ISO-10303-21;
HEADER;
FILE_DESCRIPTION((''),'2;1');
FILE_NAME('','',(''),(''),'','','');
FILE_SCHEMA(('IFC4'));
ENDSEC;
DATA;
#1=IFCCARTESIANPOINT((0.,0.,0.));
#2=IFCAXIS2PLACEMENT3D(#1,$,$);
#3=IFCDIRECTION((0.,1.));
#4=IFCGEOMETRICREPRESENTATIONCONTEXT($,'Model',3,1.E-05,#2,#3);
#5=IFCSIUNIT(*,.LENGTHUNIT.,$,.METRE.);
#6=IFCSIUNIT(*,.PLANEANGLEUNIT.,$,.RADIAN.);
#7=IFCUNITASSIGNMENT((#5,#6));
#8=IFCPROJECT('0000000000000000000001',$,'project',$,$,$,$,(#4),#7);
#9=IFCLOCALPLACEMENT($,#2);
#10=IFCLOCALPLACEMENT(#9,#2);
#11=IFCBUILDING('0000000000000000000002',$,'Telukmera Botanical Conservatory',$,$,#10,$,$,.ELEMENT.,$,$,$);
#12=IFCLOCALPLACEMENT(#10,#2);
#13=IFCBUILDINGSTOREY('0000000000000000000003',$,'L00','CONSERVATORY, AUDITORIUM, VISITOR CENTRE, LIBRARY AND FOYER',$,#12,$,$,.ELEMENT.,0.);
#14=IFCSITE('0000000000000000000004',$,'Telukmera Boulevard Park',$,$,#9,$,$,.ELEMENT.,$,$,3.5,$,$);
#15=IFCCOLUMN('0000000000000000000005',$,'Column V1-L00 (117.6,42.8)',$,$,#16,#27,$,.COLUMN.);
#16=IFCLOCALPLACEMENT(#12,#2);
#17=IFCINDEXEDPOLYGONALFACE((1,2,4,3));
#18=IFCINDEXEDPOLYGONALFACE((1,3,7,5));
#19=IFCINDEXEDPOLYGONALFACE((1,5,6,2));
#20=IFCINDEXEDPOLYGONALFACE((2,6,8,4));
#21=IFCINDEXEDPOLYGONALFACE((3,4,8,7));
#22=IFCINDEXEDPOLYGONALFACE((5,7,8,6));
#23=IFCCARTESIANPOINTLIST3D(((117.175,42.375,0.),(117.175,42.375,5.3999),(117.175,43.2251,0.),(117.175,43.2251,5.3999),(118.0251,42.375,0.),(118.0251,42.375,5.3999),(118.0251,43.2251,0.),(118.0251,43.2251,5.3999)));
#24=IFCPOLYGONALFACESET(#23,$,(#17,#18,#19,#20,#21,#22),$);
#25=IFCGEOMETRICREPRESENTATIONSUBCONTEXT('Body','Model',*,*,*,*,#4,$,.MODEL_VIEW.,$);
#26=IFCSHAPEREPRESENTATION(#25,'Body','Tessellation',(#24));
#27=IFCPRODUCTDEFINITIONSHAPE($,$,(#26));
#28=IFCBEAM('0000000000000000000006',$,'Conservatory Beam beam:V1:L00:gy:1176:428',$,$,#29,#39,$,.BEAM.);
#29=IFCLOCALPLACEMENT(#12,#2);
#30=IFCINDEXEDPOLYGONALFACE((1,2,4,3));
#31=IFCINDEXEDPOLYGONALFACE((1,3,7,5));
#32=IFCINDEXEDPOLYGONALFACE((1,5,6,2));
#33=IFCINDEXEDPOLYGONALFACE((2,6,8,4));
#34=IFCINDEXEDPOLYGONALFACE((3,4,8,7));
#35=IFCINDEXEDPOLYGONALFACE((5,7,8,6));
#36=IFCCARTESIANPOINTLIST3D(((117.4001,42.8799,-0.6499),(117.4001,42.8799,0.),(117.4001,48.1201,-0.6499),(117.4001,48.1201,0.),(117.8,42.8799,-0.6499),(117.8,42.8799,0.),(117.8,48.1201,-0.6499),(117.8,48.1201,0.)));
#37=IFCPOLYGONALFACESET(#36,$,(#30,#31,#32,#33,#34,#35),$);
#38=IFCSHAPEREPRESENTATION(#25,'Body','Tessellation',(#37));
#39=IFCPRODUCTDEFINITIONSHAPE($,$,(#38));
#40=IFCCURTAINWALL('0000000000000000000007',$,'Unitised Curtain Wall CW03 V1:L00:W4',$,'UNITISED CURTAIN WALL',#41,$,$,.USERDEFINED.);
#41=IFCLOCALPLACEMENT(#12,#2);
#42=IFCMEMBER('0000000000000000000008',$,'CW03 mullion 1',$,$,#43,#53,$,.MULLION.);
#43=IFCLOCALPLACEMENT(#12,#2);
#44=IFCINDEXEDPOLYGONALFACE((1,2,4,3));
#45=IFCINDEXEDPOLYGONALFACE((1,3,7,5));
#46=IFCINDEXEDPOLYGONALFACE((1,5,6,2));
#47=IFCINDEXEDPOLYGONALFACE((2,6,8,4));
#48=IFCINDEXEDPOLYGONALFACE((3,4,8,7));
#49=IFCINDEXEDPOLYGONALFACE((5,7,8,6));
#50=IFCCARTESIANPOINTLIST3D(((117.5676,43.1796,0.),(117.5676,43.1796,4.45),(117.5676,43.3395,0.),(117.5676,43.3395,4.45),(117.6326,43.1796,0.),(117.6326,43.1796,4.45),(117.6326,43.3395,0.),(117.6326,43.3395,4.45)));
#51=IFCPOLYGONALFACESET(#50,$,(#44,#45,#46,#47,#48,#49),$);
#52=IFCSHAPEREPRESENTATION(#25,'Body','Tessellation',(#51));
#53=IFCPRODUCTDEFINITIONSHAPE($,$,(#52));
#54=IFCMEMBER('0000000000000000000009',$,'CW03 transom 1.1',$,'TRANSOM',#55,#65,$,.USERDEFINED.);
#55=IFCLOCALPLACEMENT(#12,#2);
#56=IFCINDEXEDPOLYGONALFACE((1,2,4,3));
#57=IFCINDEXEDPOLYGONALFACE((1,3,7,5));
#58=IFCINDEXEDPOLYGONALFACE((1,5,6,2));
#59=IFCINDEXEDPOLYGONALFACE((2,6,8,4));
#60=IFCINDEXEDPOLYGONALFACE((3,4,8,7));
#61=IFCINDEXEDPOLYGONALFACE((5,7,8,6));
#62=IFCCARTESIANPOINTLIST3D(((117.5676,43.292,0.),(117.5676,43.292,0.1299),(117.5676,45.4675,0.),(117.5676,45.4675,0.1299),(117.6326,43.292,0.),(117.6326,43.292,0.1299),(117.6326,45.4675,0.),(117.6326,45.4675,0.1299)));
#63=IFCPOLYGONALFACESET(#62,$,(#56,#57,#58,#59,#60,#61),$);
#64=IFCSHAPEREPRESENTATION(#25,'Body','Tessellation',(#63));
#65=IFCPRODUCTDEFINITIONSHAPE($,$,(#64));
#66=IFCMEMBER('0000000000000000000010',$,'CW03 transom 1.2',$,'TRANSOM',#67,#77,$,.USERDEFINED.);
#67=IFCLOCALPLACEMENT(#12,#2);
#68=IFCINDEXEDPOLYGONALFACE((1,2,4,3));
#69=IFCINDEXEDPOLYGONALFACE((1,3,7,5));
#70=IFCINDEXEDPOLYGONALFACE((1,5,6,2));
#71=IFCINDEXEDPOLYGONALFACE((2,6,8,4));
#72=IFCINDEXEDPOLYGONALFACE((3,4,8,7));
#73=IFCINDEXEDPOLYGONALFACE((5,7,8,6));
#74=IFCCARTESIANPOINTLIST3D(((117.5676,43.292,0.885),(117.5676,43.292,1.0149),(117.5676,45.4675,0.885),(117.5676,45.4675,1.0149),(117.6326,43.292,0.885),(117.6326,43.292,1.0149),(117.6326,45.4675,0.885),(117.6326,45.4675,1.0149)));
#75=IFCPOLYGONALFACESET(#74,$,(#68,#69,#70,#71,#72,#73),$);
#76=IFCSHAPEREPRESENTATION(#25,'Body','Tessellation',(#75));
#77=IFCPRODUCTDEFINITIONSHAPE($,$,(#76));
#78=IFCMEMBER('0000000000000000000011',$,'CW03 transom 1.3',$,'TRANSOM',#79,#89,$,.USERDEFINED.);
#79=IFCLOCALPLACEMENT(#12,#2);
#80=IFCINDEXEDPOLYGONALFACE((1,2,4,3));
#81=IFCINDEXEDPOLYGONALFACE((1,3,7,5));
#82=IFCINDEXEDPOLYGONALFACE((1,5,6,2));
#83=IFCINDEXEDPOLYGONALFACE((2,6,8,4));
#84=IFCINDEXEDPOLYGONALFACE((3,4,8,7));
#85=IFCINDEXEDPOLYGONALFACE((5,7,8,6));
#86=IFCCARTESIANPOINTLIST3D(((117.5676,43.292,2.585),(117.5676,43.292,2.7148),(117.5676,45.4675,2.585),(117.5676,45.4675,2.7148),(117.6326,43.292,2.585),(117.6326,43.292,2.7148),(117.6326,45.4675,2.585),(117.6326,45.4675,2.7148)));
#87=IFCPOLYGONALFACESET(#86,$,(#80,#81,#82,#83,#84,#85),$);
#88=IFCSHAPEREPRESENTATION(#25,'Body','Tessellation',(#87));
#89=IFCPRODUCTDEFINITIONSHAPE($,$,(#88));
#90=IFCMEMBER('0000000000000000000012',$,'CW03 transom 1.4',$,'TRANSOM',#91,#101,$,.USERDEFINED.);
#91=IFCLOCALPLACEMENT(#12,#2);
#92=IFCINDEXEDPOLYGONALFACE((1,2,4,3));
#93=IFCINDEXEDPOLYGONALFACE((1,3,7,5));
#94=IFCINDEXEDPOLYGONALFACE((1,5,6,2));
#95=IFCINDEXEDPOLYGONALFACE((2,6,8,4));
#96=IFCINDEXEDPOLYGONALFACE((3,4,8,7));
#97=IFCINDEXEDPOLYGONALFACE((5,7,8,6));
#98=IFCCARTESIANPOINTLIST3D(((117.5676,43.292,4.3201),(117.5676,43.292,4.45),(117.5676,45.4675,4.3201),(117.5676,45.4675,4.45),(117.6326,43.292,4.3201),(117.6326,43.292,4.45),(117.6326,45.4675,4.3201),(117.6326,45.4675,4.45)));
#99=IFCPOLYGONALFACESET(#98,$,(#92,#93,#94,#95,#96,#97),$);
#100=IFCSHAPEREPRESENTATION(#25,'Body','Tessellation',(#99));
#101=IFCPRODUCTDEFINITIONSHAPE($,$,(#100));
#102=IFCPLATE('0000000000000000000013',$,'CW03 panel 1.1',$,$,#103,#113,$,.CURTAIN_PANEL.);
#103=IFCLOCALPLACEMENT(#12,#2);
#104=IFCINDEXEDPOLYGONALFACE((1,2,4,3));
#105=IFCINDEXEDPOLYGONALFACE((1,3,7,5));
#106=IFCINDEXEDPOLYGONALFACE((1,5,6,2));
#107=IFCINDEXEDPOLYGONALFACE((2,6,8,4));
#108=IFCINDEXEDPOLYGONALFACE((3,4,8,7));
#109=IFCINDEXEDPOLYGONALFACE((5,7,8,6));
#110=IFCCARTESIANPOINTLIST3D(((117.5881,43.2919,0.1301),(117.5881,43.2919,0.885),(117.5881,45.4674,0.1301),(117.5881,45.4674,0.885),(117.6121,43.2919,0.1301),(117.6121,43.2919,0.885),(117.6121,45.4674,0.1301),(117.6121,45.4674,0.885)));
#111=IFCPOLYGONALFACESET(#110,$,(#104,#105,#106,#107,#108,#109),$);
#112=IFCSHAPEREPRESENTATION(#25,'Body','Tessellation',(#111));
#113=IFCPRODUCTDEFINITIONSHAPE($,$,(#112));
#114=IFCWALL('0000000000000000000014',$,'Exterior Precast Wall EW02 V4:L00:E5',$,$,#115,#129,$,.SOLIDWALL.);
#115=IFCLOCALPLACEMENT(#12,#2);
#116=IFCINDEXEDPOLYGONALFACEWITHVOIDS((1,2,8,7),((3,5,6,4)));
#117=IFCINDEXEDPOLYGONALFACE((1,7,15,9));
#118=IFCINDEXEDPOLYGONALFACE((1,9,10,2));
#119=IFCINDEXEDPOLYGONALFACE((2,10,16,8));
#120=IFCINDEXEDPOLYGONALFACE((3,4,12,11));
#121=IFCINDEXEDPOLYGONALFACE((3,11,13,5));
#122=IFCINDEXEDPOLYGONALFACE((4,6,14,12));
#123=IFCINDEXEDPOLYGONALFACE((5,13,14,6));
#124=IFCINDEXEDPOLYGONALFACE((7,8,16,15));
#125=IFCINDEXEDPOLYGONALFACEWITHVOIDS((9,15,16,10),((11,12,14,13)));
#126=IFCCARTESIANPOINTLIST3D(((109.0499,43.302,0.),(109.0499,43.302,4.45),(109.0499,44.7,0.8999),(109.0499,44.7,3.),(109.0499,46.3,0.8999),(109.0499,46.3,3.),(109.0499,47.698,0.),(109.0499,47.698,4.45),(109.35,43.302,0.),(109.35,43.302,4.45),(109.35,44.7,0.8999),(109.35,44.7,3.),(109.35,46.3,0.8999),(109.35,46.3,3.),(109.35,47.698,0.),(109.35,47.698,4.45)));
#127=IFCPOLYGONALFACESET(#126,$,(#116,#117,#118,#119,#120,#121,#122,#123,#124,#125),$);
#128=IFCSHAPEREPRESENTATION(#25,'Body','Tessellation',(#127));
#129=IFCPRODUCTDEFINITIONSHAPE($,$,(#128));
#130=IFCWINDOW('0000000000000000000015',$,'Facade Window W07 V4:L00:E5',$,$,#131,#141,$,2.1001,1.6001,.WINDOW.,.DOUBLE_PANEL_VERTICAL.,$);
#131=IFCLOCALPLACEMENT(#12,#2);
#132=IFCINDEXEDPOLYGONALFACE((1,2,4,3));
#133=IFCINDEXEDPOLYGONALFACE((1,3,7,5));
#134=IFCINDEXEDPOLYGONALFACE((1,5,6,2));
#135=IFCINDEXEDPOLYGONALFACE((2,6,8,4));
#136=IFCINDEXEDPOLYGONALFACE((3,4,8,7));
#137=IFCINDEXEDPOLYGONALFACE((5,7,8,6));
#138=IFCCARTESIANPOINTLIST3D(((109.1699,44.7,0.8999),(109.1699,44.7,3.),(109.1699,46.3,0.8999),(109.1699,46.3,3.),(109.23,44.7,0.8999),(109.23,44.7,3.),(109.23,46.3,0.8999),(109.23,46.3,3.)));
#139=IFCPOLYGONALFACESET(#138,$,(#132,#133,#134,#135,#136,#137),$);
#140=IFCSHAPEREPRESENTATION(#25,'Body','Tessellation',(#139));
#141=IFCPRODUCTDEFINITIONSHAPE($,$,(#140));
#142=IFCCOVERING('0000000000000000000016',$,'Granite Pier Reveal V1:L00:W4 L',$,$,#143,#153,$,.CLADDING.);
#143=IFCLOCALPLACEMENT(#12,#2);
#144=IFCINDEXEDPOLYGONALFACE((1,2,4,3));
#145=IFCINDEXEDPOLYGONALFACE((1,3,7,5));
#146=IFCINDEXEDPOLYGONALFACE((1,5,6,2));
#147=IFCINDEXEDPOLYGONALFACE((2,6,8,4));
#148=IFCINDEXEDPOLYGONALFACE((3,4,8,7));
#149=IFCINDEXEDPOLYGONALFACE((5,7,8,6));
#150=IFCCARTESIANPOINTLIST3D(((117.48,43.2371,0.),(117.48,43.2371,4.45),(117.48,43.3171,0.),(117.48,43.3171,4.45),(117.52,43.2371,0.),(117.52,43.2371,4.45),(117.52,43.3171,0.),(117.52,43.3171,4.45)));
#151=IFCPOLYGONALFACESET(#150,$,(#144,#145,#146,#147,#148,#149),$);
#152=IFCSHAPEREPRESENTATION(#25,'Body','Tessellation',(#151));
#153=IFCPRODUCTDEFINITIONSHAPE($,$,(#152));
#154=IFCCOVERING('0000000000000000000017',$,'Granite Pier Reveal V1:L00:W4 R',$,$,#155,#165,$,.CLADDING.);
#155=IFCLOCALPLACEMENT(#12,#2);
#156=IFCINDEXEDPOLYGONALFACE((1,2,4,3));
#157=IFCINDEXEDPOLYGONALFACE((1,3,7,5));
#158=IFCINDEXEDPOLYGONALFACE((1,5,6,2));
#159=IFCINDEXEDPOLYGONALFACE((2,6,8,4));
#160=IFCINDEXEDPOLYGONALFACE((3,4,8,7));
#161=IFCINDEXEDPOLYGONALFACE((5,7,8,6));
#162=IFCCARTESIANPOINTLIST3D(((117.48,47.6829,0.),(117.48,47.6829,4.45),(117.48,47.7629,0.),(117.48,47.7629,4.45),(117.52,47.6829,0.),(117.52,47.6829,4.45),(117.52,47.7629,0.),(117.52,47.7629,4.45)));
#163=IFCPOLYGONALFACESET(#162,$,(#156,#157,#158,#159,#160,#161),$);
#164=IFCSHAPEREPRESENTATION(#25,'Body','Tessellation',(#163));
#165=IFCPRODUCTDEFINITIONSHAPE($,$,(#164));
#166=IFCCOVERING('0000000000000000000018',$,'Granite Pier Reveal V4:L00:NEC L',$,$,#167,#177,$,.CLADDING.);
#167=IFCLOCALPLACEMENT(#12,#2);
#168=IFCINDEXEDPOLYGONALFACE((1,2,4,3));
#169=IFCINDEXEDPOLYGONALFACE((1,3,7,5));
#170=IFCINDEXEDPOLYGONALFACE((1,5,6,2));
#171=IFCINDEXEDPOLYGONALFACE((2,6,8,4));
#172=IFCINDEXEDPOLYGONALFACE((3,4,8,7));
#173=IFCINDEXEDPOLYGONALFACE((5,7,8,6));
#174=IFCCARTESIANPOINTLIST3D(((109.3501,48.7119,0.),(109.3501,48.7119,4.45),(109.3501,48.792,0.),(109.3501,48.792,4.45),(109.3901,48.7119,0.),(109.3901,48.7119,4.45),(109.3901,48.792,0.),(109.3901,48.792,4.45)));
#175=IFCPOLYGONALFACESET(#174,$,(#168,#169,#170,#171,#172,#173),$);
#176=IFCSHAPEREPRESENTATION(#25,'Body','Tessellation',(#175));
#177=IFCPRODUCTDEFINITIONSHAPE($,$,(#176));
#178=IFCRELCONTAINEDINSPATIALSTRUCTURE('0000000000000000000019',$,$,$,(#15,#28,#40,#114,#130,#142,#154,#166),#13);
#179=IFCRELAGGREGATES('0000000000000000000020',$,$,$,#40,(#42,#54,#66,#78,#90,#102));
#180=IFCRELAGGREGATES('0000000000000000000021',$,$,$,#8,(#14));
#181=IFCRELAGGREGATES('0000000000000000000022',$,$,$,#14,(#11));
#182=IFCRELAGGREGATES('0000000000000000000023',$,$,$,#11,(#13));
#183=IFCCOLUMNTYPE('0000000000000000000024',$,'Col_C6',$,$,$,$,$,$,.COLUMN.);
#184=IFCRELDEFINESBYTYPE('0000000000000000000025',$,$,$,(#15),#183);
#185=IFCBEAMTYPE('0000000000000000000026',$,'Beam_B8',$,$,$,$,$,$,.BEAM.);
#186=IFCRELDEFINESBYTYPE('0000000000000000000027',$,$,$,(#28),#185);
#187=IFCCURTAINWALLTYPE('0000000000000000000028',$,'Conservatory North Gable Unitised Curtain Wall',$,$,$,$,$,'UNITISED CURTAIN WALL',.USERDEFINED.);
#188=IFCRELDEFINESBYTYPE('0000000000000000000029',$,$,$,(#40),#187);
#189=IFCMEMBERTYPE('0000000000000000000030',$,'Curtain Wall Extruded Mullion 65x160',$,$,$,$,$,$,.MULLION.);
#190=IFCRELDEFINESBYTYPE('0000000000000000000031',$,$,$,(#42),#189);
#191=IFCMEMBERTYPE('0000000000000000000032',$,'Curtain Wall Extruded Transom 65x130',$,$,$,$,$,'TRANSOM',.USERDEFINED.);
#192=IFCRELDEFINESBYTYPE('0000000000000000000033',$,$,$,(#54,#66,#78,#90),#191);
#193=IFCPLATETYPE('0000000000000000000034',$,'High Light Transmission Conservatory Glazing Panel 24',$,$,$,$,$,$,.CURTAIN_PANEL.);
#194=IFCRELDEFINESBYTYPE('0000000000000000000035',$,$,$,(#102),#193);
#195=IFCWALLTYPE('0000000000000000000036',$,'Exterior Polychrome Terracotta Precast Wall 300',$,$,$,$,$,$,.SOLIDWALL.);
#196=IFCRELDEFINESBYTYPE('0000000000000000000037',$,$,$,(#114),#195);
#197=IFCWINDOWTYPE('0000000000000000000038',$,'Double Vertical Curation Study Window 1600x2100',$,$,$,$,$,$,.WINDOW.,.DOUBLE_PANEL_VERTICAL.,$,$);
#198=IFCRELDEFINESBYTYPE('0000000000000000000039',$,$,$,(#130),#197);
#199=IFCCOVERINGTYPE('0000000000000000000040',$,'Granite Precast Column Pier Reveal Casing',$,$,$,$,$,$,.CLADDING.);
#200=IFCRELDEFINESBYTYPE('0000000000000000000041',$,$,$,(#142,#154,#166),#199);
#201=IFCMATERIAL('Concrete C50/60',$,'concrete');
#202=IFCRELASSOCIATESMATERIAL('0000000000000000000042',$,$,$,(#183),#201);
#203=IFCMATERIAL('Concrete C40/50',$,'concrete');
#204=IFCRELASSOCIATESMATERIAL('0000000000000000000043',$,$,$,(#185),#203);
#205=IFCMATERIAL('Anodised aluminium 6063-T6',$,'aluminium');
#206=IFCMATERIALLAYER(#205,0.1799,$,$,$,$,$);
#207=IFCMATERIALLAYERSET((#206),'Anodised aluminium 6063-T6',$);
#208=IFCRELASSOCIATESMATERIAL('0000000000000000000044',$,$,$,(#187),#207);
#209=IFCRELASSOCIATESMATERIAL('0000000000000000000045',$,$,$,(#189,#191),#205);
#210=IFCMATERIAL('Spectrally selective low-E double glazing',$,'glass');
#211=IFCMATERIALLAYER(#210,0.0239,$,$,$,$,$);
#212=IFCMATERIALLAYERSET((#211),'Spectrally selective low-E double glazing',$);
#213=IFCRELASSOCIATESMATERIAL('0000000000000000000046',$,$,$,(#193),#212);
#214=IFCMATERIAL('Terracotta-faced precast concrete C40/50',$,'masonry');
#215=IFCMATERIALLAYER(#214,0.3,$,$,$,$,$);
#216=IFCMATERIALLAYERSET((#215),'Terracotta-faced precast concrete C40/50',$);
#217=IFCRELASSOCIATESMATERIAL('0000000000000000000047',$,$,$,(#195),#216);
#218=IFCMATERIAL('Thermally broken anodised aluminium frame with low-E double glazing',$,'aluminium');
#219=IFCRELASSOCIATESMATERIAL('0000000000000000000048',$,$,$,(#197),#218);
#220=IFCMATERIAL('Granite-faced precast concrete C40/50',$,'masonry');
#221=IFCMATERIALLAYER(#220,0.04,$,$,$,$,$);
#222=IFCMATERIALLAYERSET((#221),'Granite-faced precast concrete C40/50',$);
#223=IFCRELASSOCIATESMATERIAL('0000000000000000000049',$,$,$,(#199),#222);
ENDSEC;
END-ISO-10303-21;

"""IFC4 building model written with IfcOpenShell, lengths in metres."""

from ifc_helpers import new_model, si_unit, direction, frame, frame_2d, origin, origin_2d, place, context, subcontext, project, spatial, rectangle, extrude, material, layer, layer_set, material_profile, profile_set, type_object, element, fill, aggregate, save


model = new_model("IFC4")

# Units and contexts
model_context = context("Model", 3, precision=1e-05, world=origin(), true_north=direction((0.0, 1.0)))
body_context = subcontext(model_context, "Body", "Model", "MODEL_VIEW")
ifc_project = project(units=[si_unit("LENGTHUNIT", "METRE"), si_unit("PLANEANGLEUNIT", "RADIAN")], contexts=[model_context])

# Site, building, storey
site_placement = place(None, origin())
site = spatial("IfcSite", under=ifc_project, at=site_placement, Name="Telukmera Boulevard Park", CompositionType="ELEMENT", RefElevation=3.5)
building_placement = place(site_placement, origin())
building = spatial("IfcBuilding", under=site, at=building_placement, Name="Telukmera Botanical Conservatory", CompositionType="ELEMENT")
storey_placement = place(building_placement, origin())
storey = spatial("IfcBuildingStorey", under=building, at=storey_placement, Name="L00", Description="CONSERVATORY, AUDITORIUM, VISITOR CENTRE, LIBRARY AND FOYER", CompositionType="ELEMENT", Elevation=0.0)

# Column
ifc_material_1 = material(Name="Concrete C50/60", Category="concrete")
ifc_material_profile_1 = material_profile(ifc_material_1, rectangle(XDim=0.8501, YDim=0.8501, at=origin_2d()), Name="RC 850x850")
ifc_profile_set_1 = profile_set([ifc_material_profile_1], Name="Concrete C50/60")
column_type = type_object("IfcColumnType", Name="Col_C6", PredefinedType="COLUMN", material=ifc_profile_set_1)
column_placement = place(storey_placement, frame((117.6001, 42.8, 0.0), z_axis=(0.0, 0.0, 1.0), x_axis=(1.0, 0.0, 0.0)))
element("IfcColumn", 1, at=column_placement, inside=storey, type_object=column_type, Name="Column V1-L00 (117.6,42.8)", PredefinedType="COLUMN", context=body_context, shape_type="SweptSolid", body=[
    extrude(rectangle(XDim=0.8501, YDim=0.8501, at=origin_2d()), origin(), (0.0, 0.0, 1.0), 5.3999),
])

# Beam
ifc_material_2 = material(Name="Concrete C40/50", Category="concrete")
ifc_material_profile_2 = material_profile(ifc_material_2, rectangle(XDim=0.3999, YDim=0.6499, at=origin_2d()), Name="RC 400x650")
ifc_profile_set_2 = profile_set([ifc_material_profile_2], Name="Concrete C40/50")
beam_type = type_object("IfcBeamType", Name="Beam_B8", PredefinedType="BEAM", material=ifc_profile_set_2)
beam_placement = place(storey_placement, frame((117.6001, 42.8799, -0.325), z_axis=(0.0, 1.0, 0.0), x_axis=(-1.0, 0.0, 0.0)))
element("IfcBeam", 2, at=beam_placement, inside=storey, type_object=beam_type, Name="Conservatory Beam beam:V1:L00:gy:1176:428", PredefinedType="BEAM", context=body_context, shape_type="SweptSolid", body=[
    extrude(rectangle(XDim=0.3999, YDim=0.6499, at=origin_2d()), origin(), (0.0, 0.0, 1.0), 5.2402),
])

# Curtain wall, members, plate
ifc_material_3 = material(Name="Anodised aluminium 6063-T6", Category="aluminium")
ifc_layer_1 = layer(ifc_material_3, 0.1799)
ifc_layer_set_1 = layer_set([ifc_layer_1], Name="Anodised aluminium 6063-T6")
curtain_wall_type = type_object("IfcCurtainWallType", Name="Conservatory North Gable Unitised Curtain Wall", ElementType="UNITISED CURTAIN WALL", PredefinedType="USERDEFINED", material=ifc_layer_set_1)
curtain_wall_placement = place(storey_placement, origin())
curtain_wall = element("IfcCurtainWall", 3, at=curtain_wall_placement, inside=storey, type_object=curtain_wall_type, Name="Unitised Curtain Wall CW03 V1:L00:W4", ObjectType="UNITISED CURTAIN WALL", PredefinedType="USERDEFINED")
ifc_material_profile_3 = material_profile(ifc_material_3, rectangle(XDim=0.0649, YDim=0.1599, at=origin_2d()), Name="ALU MULL 65x160")
ifc_profile_set_3 = profile_set([ifc_material_profile_3], Name="Anodised aluminium 6063-T6")
member_type_1 = type_object("IfcMemberType", Name="Curtain Wall Extruded Mullion 65x160", PredefinedType="MULLION", material=ifc_profile_set_3)
member_1_placement = place(storey_placement, frame((117.6001, 43.2595, 0.0), z_axis=(0.0, 0.0, 1.0), x_axis=(-1.0, 0.0, 0.0)))
member_1 = element("IfcMember", 4, at=member_1_placement, type_object=member_type_1, Name="CW03 mullion 1", PredefinedType="MULLION", context=body_context, shape_type="SweptSolid", body=[
    extrude(rectangle(XDim=0.0649, YDim=0.1599, at=origin_2d()), origin(), (0.0, 0.0, 1.0), 4.45),
])
ifc_material_profile_4 = material_profile(ifc_material_3, rectangle(XDim=0.0649, YDim=0.1299, at=origin_2d()), Name="ALU TRAN 65x130")
ifc_profile_set_4 = profile_set([ifc_material_profile_4], Name="Anodised aluminium 6063-T6")
member_type_2 = type_object("IfcMemberType", Name="Curtain Wall Extruded Transom 65x130", ElementType="TRANSOM", PredefinedType="USERDEFINED", material=ifc_profile_set_4)
member_2_placement = place(storey_placement, frame((117.6001, 43.292, 0.0649), z_axis=(0.0, 1.0, 0.0), x_axis=(-1.0, 0.0, 0.0)))
member_2 = element("IfcMember", 5, at=member_2_placement, type_object=member_type_2, Name="CW03 transom 1.1", ObjectType="TRANSOM", PredefinedType="USERDEFINED", context=body_context, shape_type="SweptSolid", body=[
    extrude(rectangle(XDim=0.0649, YDim=0.1299, at=origin_2d()), origin(), (0.0, 0.0, 1.0), 2.1755),
])
member_3_placement = place(storey_placement, frame((117.6001, 43.292, 0.95), z_axis=(0.0, 1.0, 0.0), x_axis=(-1.0, 0.0, 0.0)))
member_3 = element("IfcMember", 6, at=member_3_placement, type_object=member_type_2, Name="CW03 transom 1.2", ObjectType="TRANSOM", PredefinedType="USERDEFINED", context=body_context, shape_type="SweptSolid", body=[
    extrude(rectangle(XDim=0.0649, YDim=0.1299, at=origin_2d()), origin(), (0.0, 0.0, 1.0), 2.1755),
])
member_4_placement = place(storey_placement, frame((117.6001, 43.292, 2.6499), z_axis=(0.0, 1.0, 0.0), x_axis=(-1.0, 0.0, 0.0)))
member_4 = element("IfcMember", 7, at=member_4_placement, type_object=member_type_2, Name="CW03 transom 1.3", ObjectType="TRANSOM", PredefinedType="USERDEFINED", context=body_context, shape_type="SweptSolid", body=[
    extrude(rectangle(XDim=0.0649, YDim=0.1299, at=origin_2d()), origin(), (0.0, 0.0, 1.0), 2.1755),
])
member_5_placement = place(storey_placement, frame((117.6001, 43.292, 4.385), z_axis=(0.0, 1.0, 0.0), x_axis=(-1.0, 0.0, 0.0)))
member_5 = element("IfcMember", 8, at=member_5_placement, type_object=member_type_2, Name="CW03 transom 1.4", ObjectType="TRANSOM", PredefinedType="USERDEFINED", context=body_context, shape_type="SweptSolid", body=[
    extrude(rectangle(XDim=0.0649, YDim=0.1299, at=origin_2d()), origin(), (0.0, 0.0, 1.0), 2.1755),
])
ifc_material_4 = material(Name="Spectrally selective low-E double glazing", Category="glass")
ifc_layer_2 = layer(ifc_material_4, 0.0239)
ifc_layer_set_2 = layer_set([ifc_layer_2], Name="Spectrally selective low-E double glazing")
plate_type = type_object("IfcPlateType", Name="High Light Transmission Conservatory Glazing Panel 24", PredefinedType="CURTAIN_PANEL", material=ifc_layer_set_2)
plate_placement = place(storey_placement, frame((117.6001, 44.3796, 0.1301), z_axis=(0.0, 0.0, 1.0), x_axis=(0.0, 1.0, 0.0)))
plate = element("IfcPlate", 9, at=plate_placement, type_object=plate_type, Name="CW03 panel 1.1", PredefinedType="CURTAIN_PANEL", context=body_context, shape_type="SweptSolid", body=[
    extrude(rectangle(XDim=2.1755, YDim=0.0239, at=origin_2d()), origin(), (0.0, 0.0, 1.0), 0.7549),
])
aggregate(curtain_wall, [member_1, member_2, member_3, member_4, member_5, plate])

# Wall, opening, window
ifc_material_5 = material(Name="Terracotta-faced precast concrete C40/50", Category="masonry")
ifc_layer_3 = layer(ifc_material_5, 0.3)
ifc_layer_set_3 = layer_set([ifc_layer_3], Name="Terracotta-faced precast concrete C40/50")
wall_type = type_object("IfcWallType", Name="Exterior Polychrome Terracotta Precast Wall 300", PredefinedType="SOLIDWALL", material=ifc_layer_set_3)
wall_placement = place(storey_placement, frame((109.2, 43.302, 0.0), z_axis=(0.0, 0.0, 1.0), x_axis=(0.0, 1.0, 0.0)))
wall = element("IfcWall", 10, at=wall_placement, inside=storey, type_object=wall_type, Name="Exterior Precast Wall EW02 V4:L00:E5", PredefinedType="SOLIDWALL", context=body_context, shape_type="SweptSolid", body=[
    extrude(rectangle(XDim=4.396, YDim=0.3, at=frame_2d((2.198, 0.0))), origin(), (0.0, 0.0, 1.0), 4.45),
])
opening_placement = place(wall_placement, frame((1.3979, 0.0, 0.8999)))
opening = element("IfcOpeningElement", 11, at=opening_placement, cuts=wall, PredefinedType="OPENING", context=body_context, shape_type="SweptSolid", body=[
    extrude(rectangle(XDim=1.6001, YDim=2.1001, at=frame_2d((0.8, 1.05))), frame((0.0, 0.1599, 0.0), z_axis=(0.0, -1.0, 0.0), x_axis=(1.0, 0.0, 0.0)), (0.0, 0.0, 1.0), 0.3201),
])
ifc_material_6 = material(Name="Thermally broken anodised aluminium frame with low-E double glazing", Category="aluminium")
window_type = type_object("IfcWindowType", Name="Double Vertical Curation Study Window 1600x2100", PartitioningType="DOUBLE_PANEL_VERTICAL", PredefinedType="WINDOW", material=ifc_material_6)
window_placement = place(opening_placement, origin())
window = element("IfcWindow", 12, at=window_placement, inside=storey, type_object=window_type, Name="Facade Window W07 V4:L00:E5", OverallHeight=2.1001, OverallWidth=1.6001, PartitioningType="DOUBLE_PANEL_VERTICAL", PredefinedType="WINDOW", context=body_context, shape_type="SweptSolid", body=[
    extrude(rectangle(XDim=1.6001, YDim=2.1001, at=frame_2d((0.8, 1.05))), frame((0.0, 0.03, 0.0), z_axis=(0.0, -1.0, 0.0), x_axis=(1.0, 0.0, 0.0)), (0.0, 0.0, 1.0), 0.0601),
])
fill(opening, window)

# Coverings
ifc_material_7 = material(Name="Granite-faced precast concrete C40/50", Category="masonry")
ifc_layer_4 = layer(ifc_material_7, 0.04)
ifc_layer_set_4 = layer_set([ifc_layer_4], Name="Granite-faced precast concrete C40/50")
covering_type_1 = type_object("IfcCoveringType", Name="Granite Precast Column Pier Reveal Casing", PredefinedType="CLADDING", material=ifc_layer_set_4)
for number, where, z_axis, x_axis, name in (
    (13, (117.5, 43.2771, 0.0), (0.0, 0.0, 1.0), (0.0, 1.0, 0.0), "Granite Pier Reveal V1:L00:W4 L"),
    (14, (117.5, 47.7229, 0.0), (0.0, 0.0, 1.0), (0.0, 1.0, 0.0), "Granite Pier Reveal V1:L00:W4 R"),
    (15, (109.3701, 48.752, 0.0), (0.0, 0.0, 1.0), (0.0, 1.0, 0.0), "Granite Pier Reveal V4:L00:NEC L"),
):
    element("IfcCovering", number, at=place(storey_placement, frame(where, z_axis=z_axis, x_axis=x_axis)), inside=storey, type_object=covering_type_1, Name=name, PredefinedType="CLADDING", context=body_context, shape_type="SweptSolid", body=[
        extrude(rectangle(XDim=0.0801, YDim=0.04, at=origin_2d()), origin(), (0.0, 0.0, 1.0), 4.45),
    ])

save(model, "model.ifc")
